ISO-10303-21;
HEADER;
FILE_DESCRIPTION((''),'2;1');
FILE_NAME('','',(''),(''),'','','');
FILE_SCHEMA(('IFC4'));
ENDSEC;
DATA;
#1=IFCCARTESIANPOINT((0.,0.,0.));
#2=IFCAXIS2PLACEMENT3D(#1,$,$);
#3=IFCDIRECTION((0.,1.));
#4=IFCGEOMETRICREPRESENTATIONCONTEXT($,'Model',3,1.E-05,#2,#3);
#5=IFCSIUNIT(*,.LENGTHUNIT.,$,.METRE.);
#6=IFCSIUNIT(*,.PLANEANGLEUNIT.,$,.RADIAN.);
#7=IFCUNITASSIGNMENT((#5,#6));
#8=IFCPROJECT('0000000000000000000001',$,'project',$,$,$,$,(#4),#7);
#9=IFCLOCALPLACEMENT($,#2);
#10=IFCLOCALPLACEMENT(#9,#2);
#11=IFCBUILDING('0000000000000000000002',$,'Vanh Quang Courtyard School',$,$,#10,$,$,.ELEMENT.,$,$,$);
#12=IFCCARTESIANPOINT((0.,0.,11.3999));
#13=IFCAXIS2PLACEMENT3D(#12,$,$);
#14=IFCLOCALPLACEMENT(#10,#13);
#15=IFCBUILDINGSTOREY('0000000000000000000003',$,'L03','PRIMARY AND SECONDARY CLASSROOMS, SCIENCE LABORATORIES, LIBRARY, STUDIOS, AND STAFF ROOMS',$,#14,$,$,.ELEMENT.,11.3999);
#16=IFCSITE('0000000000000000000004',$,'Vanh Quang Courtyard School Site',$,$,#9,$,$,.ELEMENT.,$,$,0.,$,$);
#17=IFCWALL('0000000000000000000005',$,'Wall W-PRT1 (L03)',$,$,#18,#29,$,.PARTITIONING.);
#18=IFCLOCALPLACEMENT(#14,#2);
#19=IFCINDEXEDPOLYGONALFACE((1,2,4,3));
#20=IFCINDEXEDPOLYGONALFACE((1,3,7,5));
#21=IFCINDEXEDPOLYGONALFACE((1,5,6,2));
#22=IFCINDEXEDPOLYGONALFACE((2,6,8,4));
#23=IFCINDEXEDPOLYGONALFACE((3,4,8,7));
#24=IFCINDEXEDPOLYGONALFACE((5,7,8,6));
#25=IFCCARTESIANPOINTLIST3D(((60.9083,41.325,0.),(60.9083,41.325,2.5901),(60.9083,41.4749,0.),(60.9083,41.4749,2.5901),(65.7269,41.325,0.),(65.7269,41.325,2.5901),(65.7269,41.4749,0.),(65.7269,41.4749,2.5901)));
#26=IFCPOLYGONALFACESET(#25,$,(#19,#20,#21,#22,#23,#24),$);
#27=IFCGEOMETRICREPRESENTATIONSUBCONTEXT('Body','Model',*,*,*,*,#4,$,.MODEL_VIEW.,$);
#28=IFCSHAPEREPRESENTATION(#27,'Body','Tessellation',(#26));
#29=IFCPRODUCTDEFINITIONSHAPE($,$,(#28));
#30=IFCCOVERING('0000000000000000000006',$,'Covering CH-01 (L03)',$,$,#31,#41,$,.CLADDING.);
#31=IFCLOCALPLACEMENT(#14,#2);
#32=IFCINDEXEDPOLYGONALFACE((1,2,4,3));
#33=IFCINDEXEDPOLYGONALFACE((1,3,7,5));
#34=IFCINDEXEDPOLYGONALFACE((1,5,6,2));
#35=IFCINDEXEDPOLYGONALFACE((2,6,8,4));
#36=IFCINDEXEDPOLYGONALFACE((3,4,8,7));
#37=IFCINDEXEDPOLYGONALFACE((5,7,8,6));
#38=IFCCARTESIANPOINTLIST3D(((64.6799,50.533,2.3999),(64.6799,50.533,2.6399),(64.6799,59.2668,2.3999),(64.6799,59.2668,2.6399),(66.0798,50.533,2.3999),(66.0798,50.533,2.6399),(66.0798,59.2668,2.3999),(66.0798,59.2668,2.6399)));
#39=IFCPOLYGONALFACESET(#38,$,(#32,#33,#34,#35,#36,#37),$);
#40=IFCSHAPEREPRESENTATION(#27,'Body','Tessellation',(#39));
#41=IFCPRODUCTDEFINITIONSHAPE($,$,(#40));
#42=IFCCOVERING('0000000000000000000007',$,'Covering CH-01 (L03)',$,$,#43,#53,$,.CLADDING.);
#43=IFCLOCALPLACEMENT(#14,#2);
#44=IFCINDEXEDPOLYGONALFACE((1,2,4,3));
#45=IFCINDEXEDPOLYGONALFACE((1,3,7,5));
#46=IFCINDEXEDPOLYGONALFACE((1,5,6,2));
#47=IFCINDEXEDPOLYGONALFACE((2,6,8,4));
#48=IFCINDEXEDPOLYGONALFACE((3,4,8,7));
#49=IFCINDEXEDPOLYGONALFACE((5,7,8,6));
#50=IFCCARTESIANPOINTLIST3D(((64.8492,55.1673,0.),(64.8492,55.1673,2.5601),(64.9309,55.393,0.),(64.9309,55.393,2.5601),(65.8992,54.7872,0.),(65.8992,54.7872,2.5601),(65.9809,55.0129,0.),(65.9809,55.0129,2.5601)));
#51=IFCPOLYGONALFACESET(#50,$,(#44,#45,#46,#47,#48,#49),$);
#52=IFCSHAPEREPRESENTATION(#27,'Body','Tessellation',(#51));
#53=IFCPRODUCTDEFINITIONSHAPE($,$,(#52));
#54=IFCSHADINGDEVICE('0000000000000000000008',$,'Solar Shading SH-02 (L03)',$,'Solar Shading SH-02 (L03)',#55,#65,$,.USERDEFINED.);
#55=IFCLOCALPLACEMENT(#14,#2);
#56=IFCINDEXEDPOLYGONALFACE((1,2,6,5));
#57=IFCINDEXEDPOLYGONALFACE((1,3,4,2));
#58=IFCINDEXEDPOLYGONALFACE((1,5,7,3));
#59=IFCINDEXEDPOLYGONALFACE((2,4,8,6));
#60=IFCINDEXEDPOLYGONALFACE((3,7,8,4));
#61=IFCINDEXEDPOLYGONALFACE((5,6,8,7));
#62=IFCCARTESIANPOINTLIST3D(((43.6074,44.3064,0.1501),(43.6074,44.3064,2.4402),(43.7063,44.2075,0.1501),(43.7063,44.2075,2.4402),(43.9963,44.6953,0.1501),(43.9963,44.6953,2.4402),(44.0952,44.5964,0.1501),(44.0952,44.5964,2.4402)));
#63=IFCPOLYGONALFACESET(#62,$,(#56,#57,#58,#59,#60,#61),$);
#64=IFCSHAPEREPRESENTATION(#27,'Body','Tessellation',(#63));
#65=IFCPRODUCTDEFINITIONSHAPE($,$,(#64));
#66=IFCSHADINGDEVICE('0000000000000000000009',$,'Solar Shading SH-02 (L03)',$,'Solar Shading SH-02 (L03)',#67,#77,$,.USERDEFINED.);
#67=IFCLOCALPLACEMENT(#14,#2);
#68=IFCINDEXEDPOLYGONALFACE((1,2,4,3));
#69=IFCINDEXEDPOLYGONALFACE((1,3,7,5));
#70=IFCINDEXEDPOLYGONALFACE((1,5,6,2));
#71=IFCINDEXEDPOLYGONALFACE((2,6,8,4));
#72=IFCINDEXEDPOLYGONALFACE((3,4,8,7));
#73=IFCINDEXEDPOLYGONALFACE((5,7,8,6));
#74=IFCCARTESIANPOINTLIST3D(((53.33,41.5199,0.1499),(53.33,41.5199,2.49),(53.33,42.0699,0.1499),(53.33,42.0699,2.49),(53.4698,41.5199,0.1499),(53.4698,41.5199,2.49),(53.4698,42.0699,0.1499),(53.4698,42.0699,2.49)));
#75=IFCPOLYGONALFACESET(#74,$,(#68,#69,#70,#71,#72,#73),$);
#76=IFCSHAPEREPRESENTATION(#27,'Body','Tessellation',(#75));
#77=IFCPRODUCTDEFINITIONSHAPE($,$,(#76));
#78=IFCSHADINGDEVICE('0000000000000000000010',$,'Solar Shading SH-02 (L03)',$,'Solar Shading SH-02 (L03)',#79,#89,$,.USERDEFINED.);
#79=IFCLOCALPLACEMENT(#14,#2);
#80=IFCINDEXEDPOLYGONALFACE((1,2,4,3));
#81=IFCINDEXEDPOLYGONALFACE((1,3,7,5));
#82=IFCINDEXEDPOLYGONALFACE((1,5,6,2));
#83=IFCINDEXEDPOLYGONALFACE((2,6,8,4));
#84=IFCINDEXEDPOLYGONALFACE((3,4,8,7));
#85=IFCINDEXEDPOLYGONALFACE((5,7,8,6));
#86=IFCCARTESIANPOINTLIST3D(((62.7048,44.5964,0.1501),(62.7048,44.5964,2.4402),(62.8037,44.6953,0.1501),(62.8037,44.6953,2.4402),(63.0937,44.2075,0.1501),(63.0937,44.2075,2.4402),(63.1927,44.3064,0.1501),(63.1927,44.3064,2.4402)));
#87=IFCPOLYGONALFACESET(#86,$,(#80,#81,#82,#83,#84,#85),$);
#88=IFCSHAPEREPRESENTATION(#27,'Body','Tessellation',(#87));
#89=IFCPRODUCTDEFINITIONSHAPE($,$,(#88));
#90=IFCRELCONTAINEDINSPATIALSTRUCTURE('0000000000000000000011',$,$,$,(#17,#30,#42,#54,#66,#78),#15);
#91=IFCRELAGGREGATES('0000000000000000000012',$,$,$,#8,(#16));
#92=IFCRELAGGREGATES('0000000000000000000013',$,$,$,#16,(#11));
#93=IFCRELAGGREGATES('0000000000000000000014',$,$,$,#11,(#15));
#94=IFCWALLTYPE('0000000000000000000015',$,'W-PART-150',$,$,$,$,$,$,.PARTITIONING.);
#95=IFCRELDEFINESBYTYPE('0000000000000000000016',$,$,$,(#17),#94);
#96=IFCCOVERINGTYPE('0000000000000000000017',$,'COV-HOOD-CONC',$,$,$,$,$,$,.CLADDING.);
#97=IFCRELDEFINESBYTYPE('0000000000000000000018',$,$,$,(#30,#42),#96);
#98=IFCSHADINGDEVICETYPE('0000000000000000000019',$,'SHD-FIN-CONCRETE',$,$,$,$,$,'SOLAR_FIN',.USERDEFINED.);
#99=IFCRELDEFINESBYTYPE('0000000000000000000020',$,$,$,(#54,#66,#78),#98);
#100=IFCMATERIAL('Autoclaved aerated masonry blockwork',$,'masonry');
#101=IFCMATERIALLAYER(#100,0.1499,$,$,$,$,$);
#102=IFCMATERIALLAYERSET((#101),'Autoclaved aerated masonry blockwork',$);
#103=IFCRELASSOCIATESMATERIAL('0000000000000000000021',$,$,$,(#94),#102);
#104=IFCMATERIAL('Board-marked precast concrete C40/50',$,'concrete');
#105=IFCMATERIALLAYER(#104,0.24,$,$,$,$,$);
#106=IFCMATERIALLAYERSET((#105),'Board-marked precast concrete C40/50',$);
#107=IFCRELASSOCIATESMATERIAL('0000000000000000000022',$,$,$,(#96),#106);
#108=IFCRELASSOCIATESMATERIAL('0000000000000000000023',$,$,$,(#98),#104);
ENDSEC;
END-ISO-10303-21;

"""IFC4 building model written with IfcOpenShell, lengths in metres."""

from ifc_helpers import new_model, si_unit, direction, frame, frame_2d, origin, origin_2d, place, context, subcontext, project, spatial, rectangle, extrude, material, layer, layer_set, type_object, element, save


model = new_model("IFC4")

# Units and contexts
model_context = context("Model", 3, precision=1e-05, world=origin(), true_north=direction((0.0, 1.0)))
body_context = subcontext(model_context, "Body", "Model", "MODEL_VIEW")
ifc_project = project(units=[si_unit("LENGTHUNIT", "METRE"), si_unit("PLANEANGLEUNIT", "RADIAN")], contexts=[model_context])

# Site, building, storey
site_placement = place(None, origin())
site = spatial("IfcSite", under=ifc_project, at=site_placement, Name="Vanh Quang Courtyard School Site", CompositionType="ELEMENT", RefElevation=0.0)
building_placement = place(site_placement, origin())
building = spatial("IfcBuilding", under=site, at=building_placement, Name="Vanh Quang Courtyard School", CompositionType="ELEMENT")
storey_placement = place(building_placement, frame((0.0, 0.0, 11.3999)))
storey = spatial("IfcBuildingStorey", under=building, at=storey_placement, Name="L03", Description="PRIMARY AND SECONDARY CLASSROOMS, SCIENCE LABORATORIES, LIBRARY, STUDIOS, AND STAFF ROOMS", CompositionType="ELEMENT", Elevation=11.3999)

# Wall
ifc_material_1 = material(Name="Autoclaved aerated masonry blockwork", Category="masonry")
ifc_layer_1 = layer(ifc_material_1, 0.1499)
ifc_layer_set_1 = layer_set([ifc_layer_1], Name="Autoclaved aerated masonry blockwork")
wall_type_1 = type_object("IfcWallType", Name="W-PART-150", PredefinedType="PARTITIONING", material=ifc_layer_set_1)
wall_1_placement = place(storey_placement, frame((60.9084, 41.3999, 0.0), z_axis=(0.0, 0.0, 1.0), x_axis=(1.0, 0.0, 0.0)))
element("IfcWall", 1, at=wall_1_placement, inside=storey, type_object=wall_type_1, Name="Wall W-PRT1 (L03)", PredefinedType="PARTITIONING", context=body_context, shape_type="SweptSolid", body=[
    extrude(rectangle(XDim=4.8186, YDim=0.1499, at=frame_2d((2.4092, 0.0))), origin(), (0.0, 0.0, 1.0), 2.5901),
])

# Coverings
ifc_material_2 = material(Name="Board-marked precast concrete C40/50", Category="concrete")
ifc_layer_2 = layer(ifc_material_2, 0.24)
ifc_layer_set_2 = layer_set([ifc_layer_2], Name="Board-marked precast concrete C40/50")
covering_type = type_object("IfcCoveringType", Name="COV-HOOD-CONC", PredefinedType="CLADDING", material=ifc_layer_set_2)
covering_1_placement = place(storey_placement, frame((65.3799, 54.8999, 2.3999), z_axis=(0.0, 0.0, 1.0), x_axis=(0.0, 1.0, 0.0)))
element("IfcCovering", 2, at=covering_1_placement, inside=storey, type_object=covering_type, Name="Covering CH-01 (L03)", PredefinedType="CLADDING", context=body_context, shape_type="SweptSolid", body=[
    extrude(rectangle(XDim=8.7339, YDim=1.3999, at=origin_2d()), origin(), (0.0, 0.0, 1.0), 0.24),
])
covering_2_placement = place(storey_placement, frame((65.415, 55.0901, 0.0), z_axis=(0.0, 0.0, 1.0), x_axis=(-0.940288, 0.34038, 0.0)))
element("IfcCovering", 3, at=covering_2_placement, inside=storey, type_object=covering_type, Name="Covering CH-01 (L03)", PredefinedType="CLADDING", context=body_context, shape_type="SweptSolid", body=[
    extrude(rectangle(XDim=1.1167, YDim=0.24, at=origin_2d()), origin(), (0.0, 0.0, 1.0), 2.5601),
])

# Shading devices
shading_device_type = type_object("IfcShadingDeviceType", Name="SHD-FIN-CONCRETE", ElementType="SOLAR_FIN", PredefinedType="USERDEFINED", material=ifc_material_2)
shading_device_1_placement = place(storey_placement, frame((43.8513, 44.4514, 0.1501), z_axis=(0.0, 0.0, 1.0), x_axis=(0.707107, -0.707107, 0.0)))
element("IfcShadingDevice", 4, at=shading_device_1_placement, inside=storey, type_object=shading_device_type, Name="Solar Shading SH-02 (L03)", ObjectType="Solar Shading SH-02 (L03)", PredefinedType="USERDEFINED", context=body_context, shape_type="SweptSolid", body=[
    extrude(rectangle(XDim=0.1399, YDim=0.55, at=origin_2d()), origin(), (0.0, 0.0, 1.0), 2.29),
])
shading_device_2_placement = place(storey_placement, frame((53.3999, 41.7949, 0.1499), z_axis=(0.0, 0.0, 1.0), x_axis=(1.0, 0.0, 0.0)))
element("IfcShadingDevice", 5, at=shading_device_2_placement, inside=storey, type_object=shading_device_type, Name="Solar Shading SH-02 (L03)", ObjectType="Solar Shading SH-02 (L03)", PredefinedType="USERDEFINED", context=body_context, shape_type="SweptSolid", body=[
    extrude(rectangle(XDim=0.1399, YDim=0.55, at=origin_2d()), origin(), (0.0, 0.0, 1.0), 2.3401),
])
shading_device_3_placement = place(storey_placement, frame((62.9487, 44.4514, 0.1501), z_axis=(0.0, 0.0, 1.0), x_axis=(0.707107, 0.707107, 0.0)))
element("IfcShadingDevice", 6, at=shading_device_3_placement, inside=storey, type_object=shading_device_type, Name="Solar Shading SH-02 (L03)", ObjectType="Solar Shading SH-02 (L03)", PredefinedType="USERDEFINED", context=body_context, shape_type="SweptSolid", body=[
    extrude(rectangle(XDim=0.1399, YDim=0.55, at=origin_2d()), origin(), (0.0, 0.0, 1.0), 2.29),
])

save(model, "model.ifc")
